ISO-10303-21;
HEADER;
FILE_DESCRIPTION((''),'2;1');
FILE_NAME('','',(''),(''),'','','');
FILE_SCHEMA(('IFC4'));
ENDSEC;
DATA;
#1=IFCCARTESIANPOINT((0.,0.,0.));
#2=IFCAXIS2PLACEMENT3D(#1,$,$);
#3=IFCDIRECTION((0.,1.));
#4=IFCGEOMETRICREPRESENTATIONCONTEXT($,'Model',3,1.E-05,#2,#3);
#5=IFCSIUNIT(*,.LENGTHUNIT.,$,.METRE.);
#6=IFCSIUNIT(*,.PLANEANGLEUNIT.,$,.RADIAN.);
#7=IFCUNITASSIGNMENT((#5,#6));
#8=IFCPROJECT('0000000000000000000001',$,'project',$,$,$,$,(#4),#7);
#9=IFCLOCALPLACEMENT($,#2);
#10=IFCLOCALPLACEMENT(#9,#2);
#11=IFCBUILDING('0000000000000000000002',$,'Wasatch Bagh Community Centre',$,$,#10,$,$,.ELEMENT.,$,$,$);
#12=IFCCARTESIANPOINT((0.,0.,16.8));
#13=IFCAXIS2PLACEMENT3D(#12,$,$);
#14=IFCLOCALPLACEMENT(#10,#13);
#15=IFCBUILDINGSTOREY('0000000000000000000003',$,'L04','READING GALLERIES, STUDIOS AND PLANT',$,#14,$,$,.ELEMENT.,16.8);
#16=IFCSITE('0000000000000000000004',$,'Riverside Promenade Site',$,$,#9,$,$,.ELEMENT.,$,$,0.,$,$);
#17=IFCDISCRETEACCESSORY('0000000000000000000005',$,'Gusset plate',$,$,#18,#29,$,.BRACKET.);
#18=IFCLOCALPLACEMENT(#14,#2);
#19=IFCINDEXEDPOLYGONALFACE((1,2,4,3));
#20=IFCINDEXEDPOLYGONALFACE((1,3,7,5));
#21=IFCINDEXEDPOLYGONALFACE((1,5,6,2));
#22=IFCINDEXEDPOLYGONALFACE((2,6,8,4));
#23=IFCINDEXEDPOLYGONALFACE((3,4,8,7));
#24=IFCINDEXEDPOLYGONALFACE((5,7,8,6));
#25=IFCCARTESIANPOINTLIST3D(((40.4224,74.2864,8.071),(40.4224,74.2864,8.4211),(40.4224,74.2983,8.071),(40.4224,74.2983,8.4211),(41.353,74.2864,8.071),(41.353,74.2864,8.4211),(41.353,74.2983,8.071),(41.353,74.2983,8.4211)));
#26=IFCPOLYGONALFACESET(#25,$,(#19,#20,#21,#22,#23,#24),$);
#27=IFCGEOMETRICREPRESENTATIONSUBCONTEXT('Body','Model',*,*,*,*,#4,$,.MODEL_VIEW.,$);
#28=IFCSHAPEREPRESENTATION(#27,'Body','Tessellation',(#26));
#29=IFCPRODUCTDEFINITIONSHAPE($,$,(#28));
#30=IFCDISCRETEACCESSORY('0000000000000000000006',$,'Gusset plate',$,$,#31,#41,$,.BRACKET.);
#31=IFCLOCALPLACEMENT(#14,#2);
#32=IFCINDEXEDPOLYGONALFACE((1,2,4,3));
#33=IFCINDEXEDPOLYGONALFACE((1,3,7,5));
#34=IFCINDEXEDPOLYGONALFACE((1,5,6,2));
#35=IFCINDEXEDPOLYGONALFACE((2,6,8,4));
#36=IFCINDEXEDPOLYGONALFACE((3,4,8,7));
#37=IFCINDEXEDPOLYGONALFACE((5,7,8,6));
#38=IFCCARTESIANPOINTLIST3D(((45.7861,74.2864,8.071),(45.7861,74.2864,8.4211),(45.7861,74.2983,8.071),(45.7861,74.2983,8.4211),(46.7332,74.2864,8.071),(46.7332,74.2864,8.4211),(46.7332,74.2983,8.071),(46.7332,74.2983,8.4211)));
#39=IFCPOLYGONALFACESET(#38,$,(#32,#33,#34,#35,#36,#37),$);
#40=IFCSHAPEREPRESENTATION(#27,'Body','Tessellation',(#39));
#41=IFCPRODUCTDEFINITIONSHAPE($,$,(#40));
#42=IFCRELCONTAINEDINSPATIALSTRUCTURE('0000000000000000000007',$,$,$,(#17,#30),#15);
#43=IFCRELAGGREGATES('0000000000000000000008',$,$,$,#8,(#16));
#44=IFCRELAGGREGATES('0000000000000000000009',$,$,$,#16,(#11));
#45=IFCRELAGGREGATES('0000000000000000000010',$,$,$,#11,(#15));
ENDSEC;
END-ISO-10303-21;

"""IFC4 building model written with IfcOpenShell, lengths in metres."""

from ifc_helpers import new_model, si_unit, direction, frame, origin, place, context, subcontext, project, spatial, polyline, outline, extrude, element, save


model = new_model("IFC4")

# Units and contexts
model_context = context("Model", 3, precision=1e-05, world=origin(), true_north=direction((0.0, 1.0)))
body_context = subcontext(model_context, "Body", "Model", "MODEL_VIEW")
ifc_project = project(units=[si_unit("LENGTHUNIT", "METRE"), si_unit("PLANEANGLEUNIT", "RADIAN")], contexts=[model_context])

# Site, building, storey
site_placement = place(None, origin())
site = spatial("IfcSite", under=ifc_project, at=site_placement, Name="Riverside Promenade Site", CompositionType="ELEMENT", RefElevation=0.0)
building_placement = place(site_placement, origin())
building = spatial("IfcBuilding", under=site, at=building_placement, Name="Wasatch Bagh Community Centre", CompositionType="ELEMENT")
storey_placement = place(building_placement, frame((0.0, 0.0, 16.8)))
storey = spatial("IfcBuildingStorey", under=building, at=storey_placement, Name="L04", Description="READING GALLERIES, STUDIOS AND PLANT", CompositionType="ELEMENT", Elevation=16.8)

# Discrete accessories
discrete_accessory_1_placement = place(storey_placement, frame((40.4224, 74.2864, 8.071), z_axis=(0.0, -1.0, 0.0), x_axis=(1.0, 0.0, 0.0)))
element("IfcDiscreteAccessory", 1, at=discrete_accessory_1_placement, inside=storey, Name="Gusset plate", PredefinedType="BRACKET", context=body_context, shape_type="SweptSolid", body=[
    extrude(outline(polyline([(0.0, 0.0), (0.9307, 0.0), (0.9307, 0.3501), (0.0, 0.3501), (0.0, 0.0)])), origin(), (0.0, 0.0, -1.0), 0.012),
])
discrete_accessory_2_placement = place(storey_placement, frame((45.7861, 74.2864, 8.071), z_axis=(0.0, -1.0, 0.0), x_axis=(1.0, 0.0, 0.0)))
element("IfcDiscreteAccessory", 2, at=discrete_accessory_2_placement, inside=storey, Name="Gusset plate", PredefinedType="BRACKET", context=body_context, shape_type="SweptSolid", body=[
    extrude(outline(polyline([(0.0, 0.0), (0.947, 0.0), (0.947, 0.3501), (0.0, 0.3501), (0.0, 0.0)])), origin(), (0.0, 0.0, -1.0), 0.012),
])

save(model, "model.ifc")
